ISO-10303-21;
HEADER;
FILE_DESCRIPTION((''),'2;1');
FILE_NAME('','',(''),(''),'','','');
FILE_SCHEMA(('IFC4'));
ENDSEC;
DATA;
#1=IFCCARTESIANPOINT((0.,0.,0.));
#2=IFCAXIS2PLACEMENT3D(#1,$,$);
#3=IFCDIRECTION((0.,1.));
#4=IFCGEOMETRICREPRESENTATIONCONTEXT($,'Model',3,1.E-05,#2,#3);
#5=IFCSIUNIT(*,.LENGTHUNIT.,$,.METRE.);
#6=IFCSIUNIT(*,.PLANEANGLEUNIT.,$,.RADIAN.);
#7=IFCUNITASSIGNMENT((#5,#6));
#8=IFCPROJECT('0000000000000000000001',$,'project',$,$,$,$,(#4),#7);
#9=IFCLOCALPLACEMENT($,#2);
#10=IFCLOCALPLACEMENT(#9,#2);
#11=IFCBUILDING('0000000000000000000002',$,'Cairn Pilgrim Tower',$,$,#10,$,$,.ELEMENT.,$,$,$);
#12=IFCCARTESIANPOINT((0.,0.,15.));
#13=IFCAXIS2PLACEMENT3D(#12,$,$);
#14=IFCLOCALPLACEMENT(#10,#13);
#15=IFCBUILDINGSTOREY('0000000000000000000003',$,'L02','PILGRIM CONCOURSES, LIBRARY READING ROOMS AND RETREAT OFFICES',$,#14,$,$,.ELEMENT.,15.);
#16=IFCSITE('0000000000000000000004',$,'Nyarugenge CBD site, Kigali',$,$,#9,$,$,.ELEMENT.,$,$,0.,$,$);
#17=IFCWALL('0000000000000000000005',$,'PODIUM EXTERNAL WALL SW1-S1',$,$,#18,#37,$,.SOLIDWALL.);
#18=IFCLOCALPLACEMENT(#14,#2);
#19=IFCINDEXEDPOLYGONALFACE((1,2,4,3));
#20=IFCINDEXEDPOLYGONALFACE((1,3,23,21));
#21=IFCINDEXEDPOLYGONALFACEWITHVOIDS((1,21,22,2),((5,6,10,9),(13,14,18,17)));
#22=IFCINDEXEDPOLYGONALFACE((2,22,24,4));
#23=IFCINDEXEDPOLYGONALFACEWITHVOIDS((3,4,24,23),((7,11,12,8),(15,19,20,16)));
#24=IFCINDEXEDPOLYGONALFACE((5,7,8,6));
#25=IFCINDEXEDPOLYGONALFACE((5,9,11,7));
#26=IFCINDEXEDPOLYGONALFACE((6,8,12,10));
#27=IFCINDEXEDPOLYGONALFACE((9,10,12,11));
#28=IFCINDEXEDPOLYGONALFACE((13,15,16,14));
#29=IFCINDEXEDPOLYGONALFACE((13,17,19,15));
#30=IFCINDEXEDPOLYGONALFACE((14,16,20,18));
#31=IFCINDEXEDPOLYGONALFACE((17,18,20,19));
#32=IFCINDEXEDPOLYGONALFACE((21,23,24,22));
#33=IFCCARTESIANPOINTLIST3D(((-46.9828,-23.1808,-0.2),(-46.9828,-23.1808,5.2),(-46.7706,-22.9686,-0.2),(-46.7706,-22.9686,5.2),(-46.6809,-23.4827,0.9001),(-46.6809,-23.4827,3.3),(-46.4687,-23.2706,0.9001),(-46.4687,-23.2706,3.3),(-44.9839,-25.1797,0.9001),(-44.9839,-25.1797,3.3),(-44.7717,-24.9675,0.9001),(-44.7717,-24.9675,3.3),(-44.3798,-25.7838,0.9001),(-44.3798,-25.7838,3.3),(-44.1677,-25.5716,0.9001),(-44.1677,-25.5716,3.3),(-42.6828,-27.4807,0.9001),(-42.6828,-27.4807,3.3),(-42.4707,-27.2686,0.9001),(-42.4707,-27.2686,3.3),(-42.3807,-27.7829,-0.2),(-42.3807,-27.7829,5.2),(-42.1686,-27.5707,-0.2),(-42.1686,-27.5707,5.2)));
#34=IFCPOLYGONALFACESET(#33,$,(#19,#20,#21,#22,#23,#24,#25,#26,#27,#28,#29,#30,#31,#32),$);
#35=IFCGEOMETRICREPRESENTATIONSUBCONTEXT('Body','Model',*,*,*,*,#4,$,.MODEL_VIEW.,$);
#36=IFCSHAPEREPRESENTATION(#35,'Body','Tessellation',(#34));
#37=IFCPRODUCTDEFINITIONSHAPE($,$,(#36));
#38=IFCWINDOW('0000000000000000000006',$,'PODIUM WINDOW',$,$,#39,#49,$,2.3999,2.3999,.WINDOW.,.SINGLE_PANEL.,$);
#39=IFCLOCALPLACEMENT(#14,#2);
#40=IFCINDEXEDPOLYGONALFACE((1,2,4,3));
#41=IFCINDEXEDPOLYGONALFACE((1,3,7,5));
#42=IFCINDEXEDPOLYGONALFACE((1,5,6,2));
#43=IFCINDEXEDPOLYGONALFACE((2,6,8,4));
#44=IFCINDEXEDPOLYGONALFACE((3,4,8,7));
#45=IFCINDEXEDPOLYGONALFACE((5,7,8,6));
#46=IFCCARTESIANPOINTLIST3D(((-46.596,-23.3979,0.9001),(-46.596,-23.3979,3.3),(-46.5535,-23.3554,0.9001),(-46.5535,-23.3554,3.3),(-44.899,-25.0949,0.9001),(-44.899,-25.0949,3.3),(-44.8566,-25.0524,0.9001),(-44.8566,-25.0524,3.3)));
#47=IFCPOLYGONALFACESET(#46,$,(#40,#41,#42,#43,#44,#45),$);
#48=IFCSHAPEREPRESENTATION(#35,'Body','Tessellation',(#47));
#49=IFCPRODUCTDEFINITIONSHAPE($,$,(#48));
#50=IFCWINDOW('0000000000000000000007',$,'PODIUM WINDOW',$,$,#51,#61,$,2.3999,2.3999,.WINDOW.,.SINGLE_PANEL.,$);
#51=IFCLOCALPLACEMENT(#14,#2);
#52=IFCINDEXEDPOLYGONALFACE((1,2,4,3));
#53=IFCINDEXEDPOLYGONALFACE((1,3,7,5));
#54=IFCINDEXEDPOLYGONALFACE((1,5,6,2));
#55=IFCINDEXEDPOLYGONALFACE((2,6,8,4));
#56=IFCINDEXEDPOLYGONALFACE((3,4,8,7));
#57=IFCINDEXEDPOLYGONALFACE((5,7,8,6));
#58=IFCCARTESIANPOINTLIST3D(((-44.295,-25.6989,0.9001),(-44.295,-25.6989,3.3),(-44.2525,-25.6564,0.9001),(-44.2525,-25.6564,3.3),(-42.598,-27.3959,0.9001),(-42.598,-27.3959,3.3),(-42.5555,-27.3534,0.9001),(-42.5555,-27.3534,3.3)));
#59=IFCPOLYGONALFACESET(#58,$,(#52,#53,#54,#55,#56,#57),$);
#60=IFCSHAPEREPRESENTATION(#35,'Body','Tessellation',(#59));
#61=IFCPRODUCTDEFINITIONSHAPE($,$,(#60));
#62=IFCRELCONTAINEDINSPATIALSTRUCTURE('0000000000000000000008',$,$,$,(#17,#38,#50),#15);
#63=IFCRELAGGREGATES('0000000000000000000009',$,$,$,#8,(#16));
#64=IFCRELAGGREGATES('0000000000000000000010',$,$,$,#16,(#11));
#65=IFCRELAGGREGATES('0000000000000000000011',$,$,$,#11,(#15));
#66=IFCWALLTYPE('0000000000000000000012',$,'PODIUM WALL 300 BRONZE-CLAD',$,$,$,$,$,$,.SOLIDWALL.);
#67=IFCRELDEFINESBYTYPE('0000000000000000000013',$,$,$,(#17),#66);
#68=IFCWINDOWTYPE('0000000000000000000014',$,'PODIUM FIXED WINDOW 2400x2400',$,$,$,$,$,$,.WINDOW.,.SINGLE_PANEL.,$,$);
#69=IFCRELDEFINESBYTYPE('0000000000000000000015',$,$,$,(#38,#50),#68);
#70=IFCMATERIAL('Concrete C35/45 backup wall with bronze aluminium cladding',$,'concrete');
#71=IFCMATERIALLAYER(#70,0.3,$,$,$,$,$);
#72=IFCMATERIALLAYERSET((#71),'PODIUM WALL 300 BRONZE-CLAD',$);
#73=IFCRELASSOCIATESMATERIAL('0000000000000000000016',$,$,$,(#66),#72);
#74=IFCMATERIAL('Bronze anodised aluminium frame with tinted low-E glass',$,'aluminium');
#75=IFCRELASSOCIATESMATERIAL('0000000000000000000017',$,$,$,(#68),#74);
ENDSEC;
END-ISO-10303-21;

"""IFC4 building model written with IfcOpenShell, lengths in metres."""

from ifc_helpers import new_model, si_unit, direction, frame, frame_2d, origin, place, context, subcontext, project, spatial, rectangle, extrude, material, layer, layer_set, type_object, element, fill, save


model = new_model("IFC4")

# Units and contexts
model_context = context("Model", 3, precision=1e-05, world=origin(), true_north=direction((0.0, 1.0)))
body_context = subcontext(model_context, "Body", "Model", "MODEL_VIEW")
ifc_project = project(units=[si_unit("LENGTHUNIT", "METRE"), si_unit("PLANEANGLEUNIT", "RADIAN")], contexts=[model_context])

# Site, building, storey
site_placement = place(None, origin())
site = spatial("IfcSite", under=ifc_project, at=site_placement, Name="Nyarugenge CBD site, Kigali", CompositionType="ELEMENT", RefElevation=0.0)
building_placement = place(site_placement, origin())
building = spatial("IfcBuilding", under=site, at=building_placement, Name="Cairn Pilgrim Tower", CompositionType="ELEMENT")
storey_placement = place(building_placement, frame((0.0, 0.0, 15.0)))
storey = spatial("IfcBuildingStorey", under=building, at=storey_placement, Name="L02", Description="PILGRIM CONCOURSES, LIBRARY READING ROOMS AND RETREAT OFFICES", CompositionType="ELEMENT", Elevation=15.0)

# Wall, openings, windows
ifc_material_1 = material(Name="Concrete C35/45 backup wall with bronze aluminium cladding", Category="concrete")
ifc_layer_1 = layer(ifc_material_1, 0.3)
ifc_layer_set_1 = layer_set([ifc_layer_1], Name="PODIUM WALL 300 BRONZE-CLAD")
wall_type = type_object("IfcWallType", Name="PODIUM WALL 300 BRONZE-CLAD", PredefinedType="SOLIDWALL", material=ifc_layer_set_1)
wall_placement = place(storey_placement, frame((-46.8767, -23.0747, -0.2), z_axis=(0.0, 0.0, 1.0), x_axis=(0.707107, -0.707107, 0.0)))
wall = element("IfcWall", 1, at=wall_placement, inside=storey, type_object=wall_type, Name="PODIUM EXTERNAL WALL SW1-S1", PredefinedType="SOLIDWALL", context=body_context, shape_type="SweptSolid", body=[
    extrude(rectangle(XDim=6.5083, YDim=0.3, at=frame_2d((3.2542, 0.0))), origin(), (0.0, 0.0, 1.0), 5.3999),
])
opening_1_placement = place(wall_placement, frame((0.427, 0.0, 1.1001)))
opening_1 = element("IfcOpeningElement", 2, at=opening_1_placement, cuts=wall, PredefinedType="OPENING", context=body_context, shape_type="SweptSolid", body=[
    extrude(rectangle(XDim=2.3999, YDim=2.3999, at=frame_2d((1.2, 1.2))), frame((0.0, 0.1602, 0.0), z_axis=(0.0, -1.0, 0.0), x_axis=(1.0, 0.0, 0.0)), (0.0, 0.0, 1.0), 0.3201),
])
opening_2_placement = place(wall_placement, frame((3.6812, 0.0, 1.1001)))
opening_2 = element("IfcOpeningElement", 3, at=opening_2_placement, cuts=wall, PredefinedType="OPENING", context=body_context, shape_type="SweptSolid", body=[
    extrude(rectangle(XDim=2.3999, YDim=2.3999, at=frame_2d((1.2, 1.2))), frame((0.0, 0.1602, 0.0), z_axis=(0.0, -1.0, 0.0), x_axis=(1.0, 0.0, 0.0)), (0.0, 0.0, 1.0), 0.3201),
])
ifc_material_2 = material(Name="Bronze anodised aluminium frame with tinted low-E glass", Category="aluminium")
window_type = type_object("IfcWindowType", Name="PODIUM FIXED WINDOW 2400x2400", PartitioningType="SINGLE_PANEL", PredefinedType="WINDOW", material=ifc_material_2)
window_1_placement = place(opening_1_placement, origin())
window_1 = element("IfcWindow", 4, at=window_1_placement, inside=storey, type_object=window_type, Name="PODIUM WINDOW", OverallHeight=2.3999, OverallWidth=2.3999, PartitioningType="SINGLE_PANEL", PredefinedType="WINDOW", context=body_context, shape_type="SweptSolid", body=[
    extrude(rectangle(XDim=2.3999, YDim=2.3999, at=frame_2d((1.2, 1.2))), frame((0.0, 0.03, 0.0), z_axis=(0.0, -1.0, 0.0), x_axis=(1.0, 0.0, 0.0)), (0.0, 0.0, 1.0), 0.0601),
])
fill(opening_1, window_1)
window_2_placement = place(opening_2_placement, origin())
window_2 = element("IfcWindow", 5, at=window_2_placement, inside=storey, type_object=window_type, Name="PODIUM WINDOW", OverallHeight=2.3999, OverallWidth=2.3999, PartitioningType="SINGLE_PANEL", PredefinedType="WINDOW", context=body_context, shape_type="SweptSolid", body=[
    extrude(rectangle(XDim=2.3999, YDim=2.3999, at=frame_2d((1.2, 1.2))), frame((0.0, 0.03, 0.0), z_axis=(0.0, -1.0, 0.0), x_axis=(1.0, 0.0, 0.0)), (0.0, 0.0, 1.0), 0.0601),
])
fill(opening_2, window_2)

save(model, "model.ifc")
